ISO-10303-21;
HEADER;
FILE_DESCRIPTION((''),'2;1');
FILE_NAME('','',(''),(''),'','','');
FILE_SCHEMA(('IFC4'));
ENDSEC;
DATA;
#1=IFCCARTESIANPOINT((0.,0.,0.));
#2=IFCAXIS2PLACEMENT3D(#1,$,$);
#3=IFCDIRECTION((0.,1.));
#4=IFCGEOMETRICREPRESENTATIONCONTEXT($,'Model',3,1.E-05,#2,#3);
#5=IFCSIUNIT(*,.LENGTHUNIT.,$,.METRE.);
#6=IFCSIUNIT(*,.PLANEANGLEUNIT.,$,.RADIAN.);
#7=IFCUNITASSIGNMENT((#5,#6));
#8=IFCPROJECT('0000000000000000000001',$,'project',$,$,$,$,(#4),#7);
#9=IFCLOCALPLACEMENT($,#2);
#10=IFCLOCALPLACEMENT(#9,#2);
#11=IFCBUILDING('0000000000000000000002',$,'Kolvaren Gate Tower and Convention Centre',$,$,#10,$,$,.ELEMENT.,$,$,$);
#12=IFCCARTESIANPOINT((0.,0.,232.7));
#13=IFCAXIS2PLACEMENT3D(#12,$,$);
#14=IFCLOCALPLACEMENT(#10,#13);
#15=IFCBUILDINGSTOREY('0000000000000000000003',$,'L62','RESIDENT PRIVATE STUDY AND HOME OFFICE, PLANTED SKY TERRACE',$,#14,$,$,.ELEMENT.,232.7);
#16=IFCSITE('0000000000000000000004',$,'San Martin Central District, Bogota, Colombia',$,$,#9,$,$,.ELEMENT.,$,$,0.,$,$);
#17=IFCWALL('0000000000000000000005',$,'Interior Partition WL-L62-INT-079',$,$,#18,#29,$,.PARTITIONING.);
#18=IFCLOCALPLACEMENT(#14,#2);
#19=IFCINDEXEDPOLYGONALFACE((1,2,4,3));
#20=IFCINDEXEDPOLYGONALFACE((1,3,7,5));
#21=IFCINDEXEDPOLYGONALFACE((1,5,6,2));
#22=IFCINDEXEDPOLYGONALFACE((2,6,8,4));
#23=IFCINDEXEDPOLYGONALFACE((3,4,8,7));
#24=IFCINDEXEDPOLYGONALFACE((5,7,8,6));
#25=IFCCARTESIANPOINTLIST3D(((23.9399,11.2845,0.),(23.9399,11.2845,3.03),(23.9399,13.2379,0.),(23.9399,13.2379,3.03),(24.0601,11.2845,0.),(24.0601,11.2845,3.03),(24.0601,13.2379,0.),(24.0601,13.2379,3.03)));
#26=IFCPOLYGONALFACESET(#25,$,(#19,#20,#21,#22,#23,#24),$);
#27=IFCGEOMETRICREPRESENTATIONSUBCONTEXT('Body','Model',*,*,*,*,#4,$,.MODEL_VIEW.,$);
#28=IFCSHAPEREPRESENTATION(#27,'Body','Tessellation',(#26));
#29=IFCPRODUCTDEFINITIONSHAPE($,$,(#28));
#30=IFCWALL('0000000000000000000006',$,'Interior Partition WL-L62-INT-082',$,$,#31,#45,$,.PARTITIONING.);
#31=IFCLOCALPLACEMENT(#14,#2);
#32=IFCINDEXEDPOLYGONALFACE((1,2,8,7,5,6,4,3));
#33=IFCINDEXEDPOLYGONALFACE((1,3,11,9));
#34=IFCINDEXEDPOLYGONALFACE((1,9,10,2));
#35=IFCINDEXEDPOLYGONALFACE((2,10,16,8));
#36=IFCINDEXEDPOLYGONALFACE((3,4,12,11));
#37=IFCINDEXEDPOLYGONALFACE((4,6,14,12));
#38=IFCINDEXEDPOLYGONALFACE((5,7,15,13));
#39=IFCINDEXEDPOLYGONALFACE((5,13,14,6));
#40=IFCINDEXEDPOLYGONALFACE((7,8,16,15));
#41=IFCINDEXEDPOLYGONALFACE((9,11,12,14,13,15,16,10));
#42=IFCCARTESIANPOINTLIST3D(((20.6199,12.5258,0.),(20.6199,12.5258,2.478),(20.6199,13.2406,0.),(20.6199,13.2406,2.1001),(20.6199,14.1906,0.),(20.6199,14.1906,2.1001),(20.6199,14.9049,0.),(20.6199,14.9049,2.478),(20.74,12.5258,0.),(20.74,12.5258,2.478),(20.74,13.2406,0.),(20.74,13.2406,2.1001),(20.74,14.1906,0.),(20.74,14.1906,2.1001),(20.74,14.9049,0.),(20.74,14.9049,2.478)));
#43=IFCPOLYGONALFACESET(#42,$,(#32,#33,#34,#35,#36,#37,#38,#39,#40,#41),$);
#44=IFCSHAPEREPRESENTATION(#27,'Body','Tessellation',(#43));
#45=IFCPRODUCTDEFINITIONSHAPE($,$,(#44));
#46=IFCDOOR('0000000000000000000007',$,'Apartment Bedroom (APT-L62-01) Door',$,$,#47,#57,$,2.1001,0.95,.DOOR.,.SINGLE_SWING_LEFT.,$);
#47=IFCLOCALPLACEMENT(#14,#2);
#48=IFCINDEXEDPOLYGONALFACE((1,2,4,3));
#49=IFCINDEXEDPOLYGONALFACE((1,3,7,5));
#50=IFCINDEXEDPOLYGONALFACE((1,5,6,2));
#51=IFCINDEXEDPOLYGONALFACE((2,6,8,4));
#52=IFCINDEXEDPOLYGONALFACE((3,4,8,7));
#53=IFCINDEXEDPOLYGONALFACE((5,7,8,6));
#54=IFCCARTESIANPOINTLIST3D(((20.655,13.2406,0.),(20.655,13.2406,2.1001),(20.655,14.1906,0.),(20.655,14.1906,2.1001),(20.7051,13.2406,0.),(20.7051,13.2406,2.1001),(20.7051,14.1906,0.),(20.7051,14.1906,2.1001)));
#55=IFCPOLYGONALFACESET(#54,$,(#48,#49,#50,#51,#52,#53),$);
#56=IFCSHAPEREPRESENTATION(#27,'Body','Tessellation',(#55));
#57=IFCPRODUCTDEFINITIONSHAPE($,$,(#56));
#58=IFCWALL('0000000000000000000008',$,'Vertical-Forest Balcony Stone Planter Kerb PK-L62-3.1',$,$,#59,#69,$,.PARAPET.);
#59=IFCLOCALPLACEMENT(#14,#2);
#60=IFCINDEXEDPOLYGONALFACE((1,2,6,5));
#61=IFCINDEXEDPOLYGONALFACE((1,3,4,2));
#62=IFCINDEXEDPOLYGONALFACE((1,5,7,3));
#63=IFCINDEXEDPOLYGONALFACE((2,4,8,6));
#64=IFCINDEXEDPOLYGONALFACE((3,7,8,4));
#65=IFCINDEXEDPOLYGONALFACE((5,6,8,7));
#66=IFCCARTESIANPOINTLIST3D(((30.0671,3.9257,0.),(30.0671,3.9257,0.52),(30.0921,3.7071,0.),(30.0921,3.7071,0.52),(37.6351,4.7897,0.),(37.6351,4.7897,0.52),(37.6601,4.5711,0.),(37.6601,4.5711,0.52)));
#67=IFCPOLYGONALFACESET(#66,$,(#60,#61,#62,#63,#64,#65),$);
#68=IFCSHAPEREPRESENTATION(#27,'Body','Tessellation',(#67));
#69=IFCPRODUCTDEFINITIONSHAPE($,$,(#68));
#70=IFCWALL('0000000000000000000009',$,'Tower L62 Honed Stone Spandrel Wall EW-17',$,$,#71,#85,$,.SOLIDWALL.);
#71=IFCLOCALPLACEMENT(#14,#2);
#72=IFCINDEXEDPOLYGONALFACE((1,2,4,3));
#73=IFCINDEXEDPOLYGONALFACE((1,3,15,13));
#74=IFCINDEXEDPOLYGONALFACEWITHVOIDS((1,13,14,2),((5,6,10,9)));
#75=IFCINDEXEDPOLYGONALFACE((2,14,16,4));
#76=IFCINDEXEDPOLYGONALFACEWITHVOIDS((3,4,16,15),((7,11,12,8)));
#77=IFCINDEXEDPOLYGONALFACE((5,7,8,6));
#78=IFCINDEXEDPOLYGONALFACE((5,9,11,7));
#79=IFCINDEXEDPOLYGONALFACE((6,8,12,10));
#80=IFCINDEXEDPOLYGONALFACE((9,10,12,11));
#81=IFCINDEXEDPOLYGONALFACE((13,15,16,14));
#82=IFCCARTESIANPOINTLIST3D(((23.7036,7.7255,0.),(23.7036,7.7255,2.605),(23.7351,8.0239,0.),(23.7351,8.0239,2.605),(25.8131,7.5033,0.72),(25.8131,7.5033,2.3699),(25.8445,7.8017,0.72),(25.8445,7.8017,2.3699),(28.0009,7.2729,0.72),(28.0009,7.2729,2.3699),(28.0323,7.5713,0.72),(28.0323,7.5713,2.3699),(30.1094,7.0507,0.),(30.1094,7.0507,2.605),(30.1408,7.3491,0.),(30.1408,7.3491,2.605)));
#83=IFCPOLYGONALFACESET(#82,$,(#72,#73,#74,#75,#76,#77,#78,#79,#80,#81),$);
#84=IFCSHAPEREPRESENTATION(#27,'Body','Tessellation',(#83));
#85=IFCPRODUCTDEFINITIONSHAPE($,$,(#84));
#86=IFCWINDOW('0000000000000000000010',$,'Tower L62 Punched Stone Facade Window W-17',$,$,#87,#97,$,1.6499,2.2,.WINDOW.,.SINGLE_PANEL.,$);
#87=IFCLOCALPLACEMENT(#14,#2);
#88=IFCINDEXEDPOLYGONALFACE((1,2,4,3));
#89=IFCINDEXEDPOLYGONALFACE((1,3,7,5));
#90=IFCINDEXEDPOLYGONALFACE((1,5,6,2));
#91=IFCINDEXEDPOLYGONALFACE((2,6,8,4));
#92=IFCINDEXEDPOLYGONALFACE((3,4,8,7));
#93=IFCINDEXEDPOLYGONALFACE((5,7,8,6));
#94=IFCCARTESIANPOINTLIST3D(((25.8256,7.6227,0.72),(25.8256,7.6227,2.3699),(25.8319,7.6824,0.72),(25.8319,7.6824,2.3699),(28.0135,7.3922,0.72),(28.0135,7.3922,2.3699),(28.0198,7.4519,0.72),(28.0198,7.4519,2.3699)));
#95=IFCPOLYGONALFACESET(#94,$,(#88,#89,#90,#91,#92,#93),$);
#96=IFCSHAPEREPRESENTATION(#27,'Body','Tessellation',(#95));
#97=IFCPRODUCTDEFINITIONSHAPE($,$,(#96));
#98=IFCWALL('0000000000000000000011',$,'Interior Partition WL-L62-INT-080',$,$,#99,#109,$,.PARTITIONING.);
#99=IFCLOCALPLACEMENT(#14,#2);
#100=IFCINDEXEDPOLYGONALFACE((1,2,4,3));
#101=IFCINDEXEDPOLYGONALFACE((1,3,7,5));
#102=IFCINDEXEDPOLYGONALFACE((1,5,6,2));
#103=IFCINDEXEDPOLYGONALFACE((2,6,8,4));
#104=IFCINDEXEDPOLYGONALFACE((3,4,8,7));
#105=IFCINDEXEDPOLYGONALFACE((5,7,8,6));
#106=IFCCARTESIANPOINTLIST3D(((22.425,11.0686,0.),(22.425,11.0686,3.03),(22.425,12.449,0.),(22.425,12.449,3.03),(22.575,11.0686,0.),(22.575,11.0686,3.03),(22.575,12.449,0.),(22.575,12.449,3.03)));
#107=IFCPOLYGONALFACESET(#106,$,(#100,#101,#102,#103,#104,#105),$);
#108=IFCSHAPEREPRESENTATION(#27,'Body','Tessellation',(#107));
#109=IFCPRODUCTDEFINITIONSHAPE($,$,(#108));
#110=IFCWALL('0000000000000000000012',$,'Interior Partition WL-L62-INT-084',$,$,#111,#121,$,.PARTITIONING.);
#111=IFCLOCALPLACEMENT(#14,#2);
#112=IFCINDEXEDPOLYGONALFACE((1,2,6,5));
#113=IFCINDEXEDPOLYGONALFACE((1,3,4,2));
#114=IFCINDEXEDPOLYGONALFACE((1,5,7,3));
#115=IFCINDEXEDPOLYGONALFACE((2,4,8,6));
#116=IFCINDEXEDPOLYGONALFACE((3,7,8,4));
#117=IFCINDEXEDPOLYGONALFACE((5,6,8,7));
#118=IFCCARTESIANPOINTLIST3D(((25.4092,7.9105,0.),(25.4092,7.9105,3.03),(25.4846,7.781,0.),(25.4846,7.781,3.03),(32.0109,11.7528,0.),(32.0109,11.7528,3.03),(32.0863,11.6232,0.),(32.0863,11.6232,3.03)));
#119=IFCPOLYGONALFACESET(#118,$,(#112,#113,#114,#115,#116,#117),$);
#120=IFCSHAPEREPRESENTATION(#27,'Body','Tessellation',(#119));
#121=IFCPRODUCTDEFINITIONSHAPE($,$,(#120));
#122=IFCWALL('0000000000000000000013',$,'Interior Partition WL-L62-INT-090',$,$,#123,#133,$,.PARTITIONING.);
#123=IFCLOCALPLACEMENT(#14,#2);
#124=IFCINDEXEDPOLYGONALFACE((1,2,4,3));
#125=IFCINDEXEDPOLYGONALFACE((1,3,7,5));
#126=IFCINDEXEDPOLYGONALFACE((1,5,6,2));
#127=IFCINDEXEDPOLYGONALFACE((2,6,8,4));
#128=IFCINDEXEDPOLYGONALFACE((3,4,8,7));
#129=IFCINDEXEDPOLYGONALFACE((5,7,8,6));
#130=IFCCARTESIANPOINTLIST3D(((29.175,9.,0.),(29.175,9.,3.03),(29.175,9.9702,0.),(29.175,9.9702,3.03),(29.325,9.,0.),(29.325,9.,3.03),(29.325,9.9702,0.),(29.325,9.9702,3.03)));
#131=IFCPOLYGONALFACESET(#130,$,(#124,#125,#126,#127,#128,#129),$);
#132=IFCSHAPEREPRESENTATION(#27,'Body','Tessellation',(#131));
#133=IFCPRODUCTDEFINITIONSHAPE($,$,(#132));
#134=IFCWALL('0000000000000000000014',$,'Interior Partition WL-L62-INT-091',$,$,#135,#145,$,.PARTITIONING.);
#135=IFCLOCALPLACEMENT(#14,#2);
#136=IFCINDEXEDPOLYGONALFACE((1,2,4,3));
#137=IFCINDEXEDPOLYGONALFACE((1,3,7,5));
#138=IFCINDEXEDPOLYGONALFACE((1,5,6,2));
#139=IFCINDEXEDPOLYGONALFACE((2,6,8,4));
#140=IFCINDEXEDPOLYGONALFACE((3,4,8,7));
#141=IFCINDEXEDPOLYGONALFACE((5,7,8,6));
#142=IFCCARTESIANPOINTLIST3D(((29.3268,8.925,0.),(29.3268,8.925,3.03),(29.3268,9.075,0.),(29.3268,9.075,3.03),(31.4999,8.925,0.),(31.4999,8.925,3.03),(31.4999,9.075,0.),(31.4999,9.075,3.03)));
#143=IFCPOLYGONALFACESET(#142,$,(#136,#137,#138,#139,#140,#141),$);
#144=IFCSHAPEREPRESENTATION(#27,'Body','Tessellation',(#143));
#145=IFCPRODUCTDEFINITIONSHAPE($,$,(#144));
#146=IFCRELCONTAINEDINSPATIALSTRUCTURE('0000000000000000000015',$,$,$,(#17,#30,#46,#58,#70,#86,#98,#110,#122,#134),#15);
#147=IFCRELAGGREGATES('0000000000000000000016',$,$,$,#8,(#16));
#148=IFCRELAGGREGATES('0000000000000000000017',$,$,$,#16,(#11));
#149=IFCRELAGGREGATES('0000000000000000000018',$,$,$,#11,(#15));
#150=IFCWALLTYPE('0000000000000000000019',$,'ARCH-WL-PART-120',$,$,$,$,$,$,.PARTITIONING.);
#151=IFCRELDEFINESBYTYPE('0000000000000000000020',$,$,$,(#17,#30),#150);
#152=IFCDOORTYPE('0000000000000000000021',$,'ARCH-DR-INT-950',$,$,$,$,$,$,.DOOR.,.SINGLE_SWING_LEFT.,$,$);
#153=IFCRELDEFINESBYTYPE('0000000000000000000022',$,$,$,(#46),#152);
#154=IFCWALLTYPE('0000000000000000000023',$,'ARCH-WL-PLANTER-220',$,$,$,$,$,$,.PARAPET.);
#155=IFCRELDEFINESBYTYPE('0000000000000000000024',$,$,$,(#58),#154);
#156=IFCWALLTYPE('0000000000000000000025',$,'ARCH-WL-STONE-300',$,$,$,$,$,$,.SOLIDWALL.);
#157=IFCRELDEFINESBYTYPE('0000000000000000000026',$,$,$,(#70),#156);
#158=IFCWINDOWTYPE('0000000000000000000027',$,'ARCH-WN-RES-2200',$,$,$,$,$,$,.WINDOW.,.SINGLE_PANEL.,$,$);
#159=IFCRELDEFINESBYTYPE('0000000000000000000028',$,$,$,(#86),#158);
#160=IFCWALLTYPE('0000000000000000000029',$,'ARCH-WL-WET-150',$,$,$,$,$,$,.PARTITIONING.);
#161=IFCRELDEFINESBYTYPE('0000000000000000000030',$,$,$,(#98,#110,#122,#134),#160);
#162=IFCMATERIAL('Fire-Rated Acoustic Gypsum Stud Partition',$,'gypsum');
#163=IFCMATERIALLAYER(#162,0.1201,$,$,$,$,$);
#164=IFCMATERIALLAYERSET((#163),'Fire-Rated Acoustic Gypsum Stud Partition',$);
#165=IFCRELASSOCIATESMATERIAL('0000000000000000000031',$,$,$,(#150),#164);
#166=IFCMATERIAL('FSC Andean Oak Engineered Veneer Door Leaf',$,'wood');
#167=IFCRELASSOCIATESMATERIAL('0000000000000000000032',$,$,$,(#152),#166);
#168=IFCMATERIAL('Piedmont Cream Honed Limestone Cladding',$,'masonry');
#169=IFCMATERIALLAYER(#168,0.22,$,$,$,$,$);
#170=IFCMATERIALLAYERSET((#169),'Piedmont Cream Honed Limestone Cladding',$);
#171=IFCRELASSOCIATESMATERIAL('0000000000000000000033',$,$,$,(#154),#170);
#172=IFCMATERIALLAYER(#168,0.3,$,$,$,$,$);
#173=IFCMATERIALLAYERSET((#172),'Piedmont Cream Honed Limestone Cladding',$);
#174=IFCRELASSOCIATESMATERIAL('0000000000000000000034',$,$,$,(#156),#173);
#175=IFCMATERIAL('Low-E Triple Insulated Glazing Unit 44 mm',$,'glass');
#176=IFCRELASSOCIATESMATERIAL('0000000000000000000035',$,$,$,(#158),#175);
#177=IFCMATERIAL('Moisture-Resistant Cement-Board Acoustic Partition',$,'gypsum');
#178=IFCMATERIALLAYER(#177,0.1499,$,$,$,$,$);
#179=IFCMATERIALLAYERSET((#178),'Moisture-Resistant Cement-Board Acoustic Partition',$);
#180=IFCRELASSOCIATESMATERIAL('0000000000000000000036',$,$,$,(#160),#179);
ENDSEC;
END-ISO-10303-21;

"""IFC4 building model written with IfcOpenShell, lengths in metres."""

from ifc_helpers import new_model, si_unit, direction, frame, frame_2d, origin, place, context, subcontext, project, spatial, rectangle, extrude, material, layer, layer_set, type_object, element, fill, save


model = new_model("IFC4")

# Units and contexts
model_context = context("Model", 3, precision=1e-05, world=origin(), true_north=direction((0.0, 1.0)))
body_context = subcontext(model_context, "Body", "Model", "MODEL_VIEW")
ifc_project = project(units=[si_unit("LENGTHUNIT", "METRE"), si_unit("PLANEANGLEUNIT", "RADIAN")], contexts=[model_context])

# Site, building, storey
site_placement = place(None, origin())
site = spatial("IfcSite", under=ifc_project, at=site_placement, Name="San Martin Central District, Bogota, Colombia", CompositionType="ELEMENT", RefElevation=0.0)
building_placement = place(site_placement, origin())
building = spatial("IfcBuilding", under=site, at=building_placement, Name="Kolvaren Gate Tower and Convention Centre", CompositionType="ELEMENT")
storey_placement = place(building_placement, frame((0.0, 0.0, 232.7)))
storey = spatial("IfcBuildingStorey", under=building, at=storey_placement, Name="L62", Description="RESIDENT PRIVATE STUDY AND HOME OFFICE, PLANTED SKY TERRACE", CompositionType="ELEMENT", Elevation=232.7)

# Shared definitions
ifc_material_1 = material(Name="Fire-Rated Acoustic Gypsum Stud Partition", Category="gypsum")
ifc_layer_1 = layer(ifc_material_1, 0.1201)
ifc_layer_set_1 = layer_set([ifc_layer_1], Name="Fire-Rated Acoustic Gypsum Stud Partition")
wall_type_1 = type_object("IfcWallType", Name="ARCH-WL-PART-120", PredefinedType="PARTITIONING", material=ifc_layer_set_1)

# Shared definitions
ifc_material_2 = material(Name="FSC Andean Oak Engineered Veneer Door Leaf", Category="wood")
door_type_1 = type_object("IfcDoorType", Name="ARCH-DR-INT-950", OperationType="SINGLE_SWING_LEFT", PredefinedType="DOOR", material=ifc_material_2)

# Wall
wall_1_placement = place(storey_placement, frame((24.0, 11.2847, 0.0), z_axis=(0.0, 0.0, 1.0), x_axis=(0.0, 1.0, 0.0)))
element("IfcWall", 1, at=wall_1_placement, inside=storey, type_object=wall_type_1, Name="Interior Partition WL-L62-INT-079", PredefinedType="PARTITIONING", context=body_context, shape_type="SweptSolid", body=[
    extrude(rectangle(XDim=1.9534, YDim=0.1201, at=frame_2d((0.9766, 0.0))), origin(), (0.0, 0.0, 1.0), 3.03),
])

# Wall, opening, door
wall_2_placement = place(storey_placement, frame((20.6799, 12.5259, 0.0), z_axis=(0.0, 0.0, 1.0), x_axis=(0.0, 1.0, 0.0)))
wall_2 = element("IfcWall", 2, at=wall_2_placement, inside=storey, type_object=wall_type_1, Name="Interior Partition WL-L62-INT-082", PredefinedType="PARTITIONING", context=body_context, shape_type="SweptSolid", body=[
    extrude(rectangle(XDim=2.3792, YDim=0.1201, at=frame_2d((1.1895, 0.0))), origin(), (0.0, 0.0, 1.0), 2.478),
])
opening_1_placement = place(wall_2_placement, frame((0.7146, 0.0, 0.0)))
opening_1 = element("IfcOpeningElement", 3, at=opening_1_placement, cuts=wall_2, PredefinedType="OPENING", context=body_context, shape_type="SweptSolid", body=[
    extrude(rectangle(XDim=0.95, YDim=2.1001, at=frame_2d((0.4751, 1.05))), frame((0.0, 0.0701, 0.0), z_axis=(0.0, -1.0, 0.0), x_axis=(1.0, 0.0, 0.0)), (0.0, 0.0, 1.0), 0.1401),
])
door_1_placement = place(opening_1_placement, origin())
door_1 = element("IfcDoor", 4, at=door_1_placement, inside=storey, type_object=door_type_1, Name="Apartment Bedroom (APT-L62-01) Door", OperationType="SINGLE_SWING_LEFT", OverallHeight=2.1001, OverallWidth=0.95, PredefinedType="DOOR", context=body_context, shape_type="SweptSolid", body=[
    extrude(rectangle(XDim=0.95, YDim=2.1001, at=frame_2d((0.4751, 1.05))), frame((0.0, 0.0249, 0.0), z_axis=(0.0, -1.0, 0.0), x_axis=(1.0, 0.0, 0.0)), (0.0, 0.0, 1.0), 0.05),
])
fill(opening_1, door_1)

# Wall
ifc_material_3 = material(Name="Piedmont Cream Honed Limestone Cladding", Category="masonry")
ifc_layer_2 = layer(ifc_material_3, 0.22)
ifc_layer_set_2 = layer_set([ifc_layer_2], Name="Piedmont Cream Honed Limestone Cladding")
wall_type_2 = type_object("IfcWallType", Name="ARCH-WL-PLANTER-220", PredefinedType="PARAPET", material=ifc_layer_set_2)
wall_3_placement = place(storey_placement, frame((30.0796, 3.8164, 0.0), z_axis=(0.0, 0.0, 1.0), x_axis=(0.993546, 0.113428, 0.0)))
element("IfcWall", 5, at=wall_3_placement, inside=storey, type_object=wall_type_2, Name="Vertical-Forest Balcony Stone Planter Kerb PK-L62-3.1", PredefinedType="PARAPET", context=body_context, shape_type="SweptSolid", body=[
    extrude(rectangle(XDim=7.6172, YDim=0.22, at=frame_2d((3.8086, 0.0))), origin(), (0.0, 0.0, 1.0), 0.52),
])

# Wall, opening, window
ifc_layer_3 = layer(ifc_material_3, 0.3)
ifc_layer_set_3 = layer_set([ifc_layer_3], Name="Piedmont Cream Honed Limestone Cladding")
wall_type_3 = type_object("IfcWallType", Name="ARCH-WL-STONE-300", PredefinedType="SOLIDWALL", material=ifc_layer_set_3)
wall_4_placement = place(storey_placement, frame((23.7192, 7.8748, 0.0), z_axis=(0.0, 0.0, 1.0), x_axis=(0.994497, -0.104764, 0.0)))
wall_4 = element("IfcWall", 6, at=wall_4_placement, inside=storey, type_object=wall_type_3, Name="Tower L62 Honed Stone Spandrel Wall EW-17", PredefinedType="SOLIDWALL", context=body_context, shape_type="SweptSolid", body=[
    extrude(rectangle(XDim=6.4412, YDim=0.3, at=frame_2d((3.2207, 0.0))), origin(), (0.0, 0.0, 1.0), 2.605),
])
opening_2_placement = place(wall_4_placement, frame((2.1211, 0.0, 0.72)))
opening_2 = element("IfcOpeningElement", 7, at=opening_2_placement, cuts=wall_4, PredefinedType="OPENING", context=body_context, shape_type="SweptSolid", body=[
    extrude(rectangle(XDim=2.2, YDim=1.6499, at=frame_2d((1.1001, 0.825))), frame((0.0, 0.1599, 0.0), z_axis=(0.0, -1.0, 0.0), x_axis=(1.0, 0.0, 0.0)), (0.0, 0.0, 1.0), 0.3201),
])
ifc_material_4 = material(Name="Low-E Triple Insulated Glazing Unit 44 mm", Category="glass")
window_type = type_object("IfcWindowType", Name="ARCH-WN-RES-2200", PartitioningType="SINGLE_PANEL", PredefinedType="WINDOW", material=ifc_material_4)
window_placement = place(opening_2_placement, origin())
window = element("IfcWindow", 8, at=window_placement, inside=storey, type_object=window_type, Name="Tower L62 Punched Stone Facade Window W-17", OverallHeight=1.6499, OverallWidth=2.2, PartitioningType="SINGLE_PANEL", PredefinedType="WINDOW", context=body_context, shape_type="SweptSolid", body=[
    extrude(rectangle(XDim=2.2, YDim=1.6499, at=frame_2d((1.1001, 0.825))), frame((0.0, 0.03, 0.0), z_axis=(0.0, -1.0, 0.0), x_axis=(1.0, 0.0, 0.0)), (0.0, 0.0, 1.0), 0.0601),
])
fill(opening_2, window)

# Walls
ifc_material_5 = material(Name="Moisture-Resistant Cement-Board Acoustic Partition", Category="gypsum")
ifc_layer_4 = layer(ifc_material_5, 0.1499)
ifc_layer_set_4 = layer_set([ifc_layer_4], Name="Moisture-Resistant Cement-Board Acoustic Partition")
wall_type_4 = type_object("IfcWallType", Name="ARCH-WL-WET-150", PredefinedType="PARTITIONING", material=ifc_layer_set_4)
wall_5_placement = place(storey_placement, frame((22.5, 11.0686, 0.0), z_axis=(0.0, 0.0, 1.0), x_axis=(0.0, 1.0, 0.0)))
element("IfcWall", 9, at=wall_5_placement, inside=storey, type_object=wall_type_4, Name="Interior Partition WL-L62-INT-080", PredefinedType="PARTITIONING", context=body_context, shape_type="SweptSolid", body=[
    extrude(rectangle(XDim=1.3804, YDim=0.1499, at=frame_2d((0.6902, 0.0))), origin(), (0.0, 0.0, 1.0), 3.03),
])
wall_6_placement = place(storey_placement, frame((25.4468, 7.8457, 0.0), z_axis=(0.0, 0.0, 1.0), x_axis=(0.864278, 0.503014, 0.0)))
element("IfcWall", 10, at=wall_6_placement, inside=storey, type_object=wall_type_4, Name="Interior Partition WL-L62-INT-084", PredefinedType="PARTITIONING", context=body_context, shape_type="SweptSolid", body=[
    extrude(rectangle(XDim=7.6384, YDim=0.1499, at=frame_2d((3.8193, 0.0))), origin(), (0.0, 0.0, 1.0), 3.03),
])
wall_7_placement = place(storey_placement, frame((29.25, 9.0, 0.0), z_axis=(0.0, 0.0, 1.0), x_axis=(0.0, 1.0, 0.0)))
element("IfcWall", 11, at=wall_7_placement, inside=storey, type_object=wall_type_4, Name="Interior Partition WL-L62-INT-090", PredefinedType="PARTITIONING", context=body_context, shape_type="SweptSolid", body=[
    extrude(rectangle(XDim=0.9702, YDim=0.1499, at=frame_2d((0.4851, 0.0))), origin(), (0.0, 0.0, 1.0), 3.03),
])
wall_8_placement = place(storey_placement, frame((29.3269, 9.0, 0.0), z_axis=(0.0, 0.0, 1.0), x_axis=(1.0, 0.0, 0.0)))
element("IfcWall", 12, at=wall_8_placement, inside=storey, type_object=wall_type_4, Name="Interior Partition WL-L62-INT-091", PredefinedType="PARTITIONING", context=body_context, shape_type="SweptSolid", body=[
    extrude(rectangle(XDim=2.1731, YDim=0.1499, at=frame_2d((1.0864, 0.0))), origin(), (0.0, 0.0, 1.0), 3.03),
])

save(model, "model.ifc")
